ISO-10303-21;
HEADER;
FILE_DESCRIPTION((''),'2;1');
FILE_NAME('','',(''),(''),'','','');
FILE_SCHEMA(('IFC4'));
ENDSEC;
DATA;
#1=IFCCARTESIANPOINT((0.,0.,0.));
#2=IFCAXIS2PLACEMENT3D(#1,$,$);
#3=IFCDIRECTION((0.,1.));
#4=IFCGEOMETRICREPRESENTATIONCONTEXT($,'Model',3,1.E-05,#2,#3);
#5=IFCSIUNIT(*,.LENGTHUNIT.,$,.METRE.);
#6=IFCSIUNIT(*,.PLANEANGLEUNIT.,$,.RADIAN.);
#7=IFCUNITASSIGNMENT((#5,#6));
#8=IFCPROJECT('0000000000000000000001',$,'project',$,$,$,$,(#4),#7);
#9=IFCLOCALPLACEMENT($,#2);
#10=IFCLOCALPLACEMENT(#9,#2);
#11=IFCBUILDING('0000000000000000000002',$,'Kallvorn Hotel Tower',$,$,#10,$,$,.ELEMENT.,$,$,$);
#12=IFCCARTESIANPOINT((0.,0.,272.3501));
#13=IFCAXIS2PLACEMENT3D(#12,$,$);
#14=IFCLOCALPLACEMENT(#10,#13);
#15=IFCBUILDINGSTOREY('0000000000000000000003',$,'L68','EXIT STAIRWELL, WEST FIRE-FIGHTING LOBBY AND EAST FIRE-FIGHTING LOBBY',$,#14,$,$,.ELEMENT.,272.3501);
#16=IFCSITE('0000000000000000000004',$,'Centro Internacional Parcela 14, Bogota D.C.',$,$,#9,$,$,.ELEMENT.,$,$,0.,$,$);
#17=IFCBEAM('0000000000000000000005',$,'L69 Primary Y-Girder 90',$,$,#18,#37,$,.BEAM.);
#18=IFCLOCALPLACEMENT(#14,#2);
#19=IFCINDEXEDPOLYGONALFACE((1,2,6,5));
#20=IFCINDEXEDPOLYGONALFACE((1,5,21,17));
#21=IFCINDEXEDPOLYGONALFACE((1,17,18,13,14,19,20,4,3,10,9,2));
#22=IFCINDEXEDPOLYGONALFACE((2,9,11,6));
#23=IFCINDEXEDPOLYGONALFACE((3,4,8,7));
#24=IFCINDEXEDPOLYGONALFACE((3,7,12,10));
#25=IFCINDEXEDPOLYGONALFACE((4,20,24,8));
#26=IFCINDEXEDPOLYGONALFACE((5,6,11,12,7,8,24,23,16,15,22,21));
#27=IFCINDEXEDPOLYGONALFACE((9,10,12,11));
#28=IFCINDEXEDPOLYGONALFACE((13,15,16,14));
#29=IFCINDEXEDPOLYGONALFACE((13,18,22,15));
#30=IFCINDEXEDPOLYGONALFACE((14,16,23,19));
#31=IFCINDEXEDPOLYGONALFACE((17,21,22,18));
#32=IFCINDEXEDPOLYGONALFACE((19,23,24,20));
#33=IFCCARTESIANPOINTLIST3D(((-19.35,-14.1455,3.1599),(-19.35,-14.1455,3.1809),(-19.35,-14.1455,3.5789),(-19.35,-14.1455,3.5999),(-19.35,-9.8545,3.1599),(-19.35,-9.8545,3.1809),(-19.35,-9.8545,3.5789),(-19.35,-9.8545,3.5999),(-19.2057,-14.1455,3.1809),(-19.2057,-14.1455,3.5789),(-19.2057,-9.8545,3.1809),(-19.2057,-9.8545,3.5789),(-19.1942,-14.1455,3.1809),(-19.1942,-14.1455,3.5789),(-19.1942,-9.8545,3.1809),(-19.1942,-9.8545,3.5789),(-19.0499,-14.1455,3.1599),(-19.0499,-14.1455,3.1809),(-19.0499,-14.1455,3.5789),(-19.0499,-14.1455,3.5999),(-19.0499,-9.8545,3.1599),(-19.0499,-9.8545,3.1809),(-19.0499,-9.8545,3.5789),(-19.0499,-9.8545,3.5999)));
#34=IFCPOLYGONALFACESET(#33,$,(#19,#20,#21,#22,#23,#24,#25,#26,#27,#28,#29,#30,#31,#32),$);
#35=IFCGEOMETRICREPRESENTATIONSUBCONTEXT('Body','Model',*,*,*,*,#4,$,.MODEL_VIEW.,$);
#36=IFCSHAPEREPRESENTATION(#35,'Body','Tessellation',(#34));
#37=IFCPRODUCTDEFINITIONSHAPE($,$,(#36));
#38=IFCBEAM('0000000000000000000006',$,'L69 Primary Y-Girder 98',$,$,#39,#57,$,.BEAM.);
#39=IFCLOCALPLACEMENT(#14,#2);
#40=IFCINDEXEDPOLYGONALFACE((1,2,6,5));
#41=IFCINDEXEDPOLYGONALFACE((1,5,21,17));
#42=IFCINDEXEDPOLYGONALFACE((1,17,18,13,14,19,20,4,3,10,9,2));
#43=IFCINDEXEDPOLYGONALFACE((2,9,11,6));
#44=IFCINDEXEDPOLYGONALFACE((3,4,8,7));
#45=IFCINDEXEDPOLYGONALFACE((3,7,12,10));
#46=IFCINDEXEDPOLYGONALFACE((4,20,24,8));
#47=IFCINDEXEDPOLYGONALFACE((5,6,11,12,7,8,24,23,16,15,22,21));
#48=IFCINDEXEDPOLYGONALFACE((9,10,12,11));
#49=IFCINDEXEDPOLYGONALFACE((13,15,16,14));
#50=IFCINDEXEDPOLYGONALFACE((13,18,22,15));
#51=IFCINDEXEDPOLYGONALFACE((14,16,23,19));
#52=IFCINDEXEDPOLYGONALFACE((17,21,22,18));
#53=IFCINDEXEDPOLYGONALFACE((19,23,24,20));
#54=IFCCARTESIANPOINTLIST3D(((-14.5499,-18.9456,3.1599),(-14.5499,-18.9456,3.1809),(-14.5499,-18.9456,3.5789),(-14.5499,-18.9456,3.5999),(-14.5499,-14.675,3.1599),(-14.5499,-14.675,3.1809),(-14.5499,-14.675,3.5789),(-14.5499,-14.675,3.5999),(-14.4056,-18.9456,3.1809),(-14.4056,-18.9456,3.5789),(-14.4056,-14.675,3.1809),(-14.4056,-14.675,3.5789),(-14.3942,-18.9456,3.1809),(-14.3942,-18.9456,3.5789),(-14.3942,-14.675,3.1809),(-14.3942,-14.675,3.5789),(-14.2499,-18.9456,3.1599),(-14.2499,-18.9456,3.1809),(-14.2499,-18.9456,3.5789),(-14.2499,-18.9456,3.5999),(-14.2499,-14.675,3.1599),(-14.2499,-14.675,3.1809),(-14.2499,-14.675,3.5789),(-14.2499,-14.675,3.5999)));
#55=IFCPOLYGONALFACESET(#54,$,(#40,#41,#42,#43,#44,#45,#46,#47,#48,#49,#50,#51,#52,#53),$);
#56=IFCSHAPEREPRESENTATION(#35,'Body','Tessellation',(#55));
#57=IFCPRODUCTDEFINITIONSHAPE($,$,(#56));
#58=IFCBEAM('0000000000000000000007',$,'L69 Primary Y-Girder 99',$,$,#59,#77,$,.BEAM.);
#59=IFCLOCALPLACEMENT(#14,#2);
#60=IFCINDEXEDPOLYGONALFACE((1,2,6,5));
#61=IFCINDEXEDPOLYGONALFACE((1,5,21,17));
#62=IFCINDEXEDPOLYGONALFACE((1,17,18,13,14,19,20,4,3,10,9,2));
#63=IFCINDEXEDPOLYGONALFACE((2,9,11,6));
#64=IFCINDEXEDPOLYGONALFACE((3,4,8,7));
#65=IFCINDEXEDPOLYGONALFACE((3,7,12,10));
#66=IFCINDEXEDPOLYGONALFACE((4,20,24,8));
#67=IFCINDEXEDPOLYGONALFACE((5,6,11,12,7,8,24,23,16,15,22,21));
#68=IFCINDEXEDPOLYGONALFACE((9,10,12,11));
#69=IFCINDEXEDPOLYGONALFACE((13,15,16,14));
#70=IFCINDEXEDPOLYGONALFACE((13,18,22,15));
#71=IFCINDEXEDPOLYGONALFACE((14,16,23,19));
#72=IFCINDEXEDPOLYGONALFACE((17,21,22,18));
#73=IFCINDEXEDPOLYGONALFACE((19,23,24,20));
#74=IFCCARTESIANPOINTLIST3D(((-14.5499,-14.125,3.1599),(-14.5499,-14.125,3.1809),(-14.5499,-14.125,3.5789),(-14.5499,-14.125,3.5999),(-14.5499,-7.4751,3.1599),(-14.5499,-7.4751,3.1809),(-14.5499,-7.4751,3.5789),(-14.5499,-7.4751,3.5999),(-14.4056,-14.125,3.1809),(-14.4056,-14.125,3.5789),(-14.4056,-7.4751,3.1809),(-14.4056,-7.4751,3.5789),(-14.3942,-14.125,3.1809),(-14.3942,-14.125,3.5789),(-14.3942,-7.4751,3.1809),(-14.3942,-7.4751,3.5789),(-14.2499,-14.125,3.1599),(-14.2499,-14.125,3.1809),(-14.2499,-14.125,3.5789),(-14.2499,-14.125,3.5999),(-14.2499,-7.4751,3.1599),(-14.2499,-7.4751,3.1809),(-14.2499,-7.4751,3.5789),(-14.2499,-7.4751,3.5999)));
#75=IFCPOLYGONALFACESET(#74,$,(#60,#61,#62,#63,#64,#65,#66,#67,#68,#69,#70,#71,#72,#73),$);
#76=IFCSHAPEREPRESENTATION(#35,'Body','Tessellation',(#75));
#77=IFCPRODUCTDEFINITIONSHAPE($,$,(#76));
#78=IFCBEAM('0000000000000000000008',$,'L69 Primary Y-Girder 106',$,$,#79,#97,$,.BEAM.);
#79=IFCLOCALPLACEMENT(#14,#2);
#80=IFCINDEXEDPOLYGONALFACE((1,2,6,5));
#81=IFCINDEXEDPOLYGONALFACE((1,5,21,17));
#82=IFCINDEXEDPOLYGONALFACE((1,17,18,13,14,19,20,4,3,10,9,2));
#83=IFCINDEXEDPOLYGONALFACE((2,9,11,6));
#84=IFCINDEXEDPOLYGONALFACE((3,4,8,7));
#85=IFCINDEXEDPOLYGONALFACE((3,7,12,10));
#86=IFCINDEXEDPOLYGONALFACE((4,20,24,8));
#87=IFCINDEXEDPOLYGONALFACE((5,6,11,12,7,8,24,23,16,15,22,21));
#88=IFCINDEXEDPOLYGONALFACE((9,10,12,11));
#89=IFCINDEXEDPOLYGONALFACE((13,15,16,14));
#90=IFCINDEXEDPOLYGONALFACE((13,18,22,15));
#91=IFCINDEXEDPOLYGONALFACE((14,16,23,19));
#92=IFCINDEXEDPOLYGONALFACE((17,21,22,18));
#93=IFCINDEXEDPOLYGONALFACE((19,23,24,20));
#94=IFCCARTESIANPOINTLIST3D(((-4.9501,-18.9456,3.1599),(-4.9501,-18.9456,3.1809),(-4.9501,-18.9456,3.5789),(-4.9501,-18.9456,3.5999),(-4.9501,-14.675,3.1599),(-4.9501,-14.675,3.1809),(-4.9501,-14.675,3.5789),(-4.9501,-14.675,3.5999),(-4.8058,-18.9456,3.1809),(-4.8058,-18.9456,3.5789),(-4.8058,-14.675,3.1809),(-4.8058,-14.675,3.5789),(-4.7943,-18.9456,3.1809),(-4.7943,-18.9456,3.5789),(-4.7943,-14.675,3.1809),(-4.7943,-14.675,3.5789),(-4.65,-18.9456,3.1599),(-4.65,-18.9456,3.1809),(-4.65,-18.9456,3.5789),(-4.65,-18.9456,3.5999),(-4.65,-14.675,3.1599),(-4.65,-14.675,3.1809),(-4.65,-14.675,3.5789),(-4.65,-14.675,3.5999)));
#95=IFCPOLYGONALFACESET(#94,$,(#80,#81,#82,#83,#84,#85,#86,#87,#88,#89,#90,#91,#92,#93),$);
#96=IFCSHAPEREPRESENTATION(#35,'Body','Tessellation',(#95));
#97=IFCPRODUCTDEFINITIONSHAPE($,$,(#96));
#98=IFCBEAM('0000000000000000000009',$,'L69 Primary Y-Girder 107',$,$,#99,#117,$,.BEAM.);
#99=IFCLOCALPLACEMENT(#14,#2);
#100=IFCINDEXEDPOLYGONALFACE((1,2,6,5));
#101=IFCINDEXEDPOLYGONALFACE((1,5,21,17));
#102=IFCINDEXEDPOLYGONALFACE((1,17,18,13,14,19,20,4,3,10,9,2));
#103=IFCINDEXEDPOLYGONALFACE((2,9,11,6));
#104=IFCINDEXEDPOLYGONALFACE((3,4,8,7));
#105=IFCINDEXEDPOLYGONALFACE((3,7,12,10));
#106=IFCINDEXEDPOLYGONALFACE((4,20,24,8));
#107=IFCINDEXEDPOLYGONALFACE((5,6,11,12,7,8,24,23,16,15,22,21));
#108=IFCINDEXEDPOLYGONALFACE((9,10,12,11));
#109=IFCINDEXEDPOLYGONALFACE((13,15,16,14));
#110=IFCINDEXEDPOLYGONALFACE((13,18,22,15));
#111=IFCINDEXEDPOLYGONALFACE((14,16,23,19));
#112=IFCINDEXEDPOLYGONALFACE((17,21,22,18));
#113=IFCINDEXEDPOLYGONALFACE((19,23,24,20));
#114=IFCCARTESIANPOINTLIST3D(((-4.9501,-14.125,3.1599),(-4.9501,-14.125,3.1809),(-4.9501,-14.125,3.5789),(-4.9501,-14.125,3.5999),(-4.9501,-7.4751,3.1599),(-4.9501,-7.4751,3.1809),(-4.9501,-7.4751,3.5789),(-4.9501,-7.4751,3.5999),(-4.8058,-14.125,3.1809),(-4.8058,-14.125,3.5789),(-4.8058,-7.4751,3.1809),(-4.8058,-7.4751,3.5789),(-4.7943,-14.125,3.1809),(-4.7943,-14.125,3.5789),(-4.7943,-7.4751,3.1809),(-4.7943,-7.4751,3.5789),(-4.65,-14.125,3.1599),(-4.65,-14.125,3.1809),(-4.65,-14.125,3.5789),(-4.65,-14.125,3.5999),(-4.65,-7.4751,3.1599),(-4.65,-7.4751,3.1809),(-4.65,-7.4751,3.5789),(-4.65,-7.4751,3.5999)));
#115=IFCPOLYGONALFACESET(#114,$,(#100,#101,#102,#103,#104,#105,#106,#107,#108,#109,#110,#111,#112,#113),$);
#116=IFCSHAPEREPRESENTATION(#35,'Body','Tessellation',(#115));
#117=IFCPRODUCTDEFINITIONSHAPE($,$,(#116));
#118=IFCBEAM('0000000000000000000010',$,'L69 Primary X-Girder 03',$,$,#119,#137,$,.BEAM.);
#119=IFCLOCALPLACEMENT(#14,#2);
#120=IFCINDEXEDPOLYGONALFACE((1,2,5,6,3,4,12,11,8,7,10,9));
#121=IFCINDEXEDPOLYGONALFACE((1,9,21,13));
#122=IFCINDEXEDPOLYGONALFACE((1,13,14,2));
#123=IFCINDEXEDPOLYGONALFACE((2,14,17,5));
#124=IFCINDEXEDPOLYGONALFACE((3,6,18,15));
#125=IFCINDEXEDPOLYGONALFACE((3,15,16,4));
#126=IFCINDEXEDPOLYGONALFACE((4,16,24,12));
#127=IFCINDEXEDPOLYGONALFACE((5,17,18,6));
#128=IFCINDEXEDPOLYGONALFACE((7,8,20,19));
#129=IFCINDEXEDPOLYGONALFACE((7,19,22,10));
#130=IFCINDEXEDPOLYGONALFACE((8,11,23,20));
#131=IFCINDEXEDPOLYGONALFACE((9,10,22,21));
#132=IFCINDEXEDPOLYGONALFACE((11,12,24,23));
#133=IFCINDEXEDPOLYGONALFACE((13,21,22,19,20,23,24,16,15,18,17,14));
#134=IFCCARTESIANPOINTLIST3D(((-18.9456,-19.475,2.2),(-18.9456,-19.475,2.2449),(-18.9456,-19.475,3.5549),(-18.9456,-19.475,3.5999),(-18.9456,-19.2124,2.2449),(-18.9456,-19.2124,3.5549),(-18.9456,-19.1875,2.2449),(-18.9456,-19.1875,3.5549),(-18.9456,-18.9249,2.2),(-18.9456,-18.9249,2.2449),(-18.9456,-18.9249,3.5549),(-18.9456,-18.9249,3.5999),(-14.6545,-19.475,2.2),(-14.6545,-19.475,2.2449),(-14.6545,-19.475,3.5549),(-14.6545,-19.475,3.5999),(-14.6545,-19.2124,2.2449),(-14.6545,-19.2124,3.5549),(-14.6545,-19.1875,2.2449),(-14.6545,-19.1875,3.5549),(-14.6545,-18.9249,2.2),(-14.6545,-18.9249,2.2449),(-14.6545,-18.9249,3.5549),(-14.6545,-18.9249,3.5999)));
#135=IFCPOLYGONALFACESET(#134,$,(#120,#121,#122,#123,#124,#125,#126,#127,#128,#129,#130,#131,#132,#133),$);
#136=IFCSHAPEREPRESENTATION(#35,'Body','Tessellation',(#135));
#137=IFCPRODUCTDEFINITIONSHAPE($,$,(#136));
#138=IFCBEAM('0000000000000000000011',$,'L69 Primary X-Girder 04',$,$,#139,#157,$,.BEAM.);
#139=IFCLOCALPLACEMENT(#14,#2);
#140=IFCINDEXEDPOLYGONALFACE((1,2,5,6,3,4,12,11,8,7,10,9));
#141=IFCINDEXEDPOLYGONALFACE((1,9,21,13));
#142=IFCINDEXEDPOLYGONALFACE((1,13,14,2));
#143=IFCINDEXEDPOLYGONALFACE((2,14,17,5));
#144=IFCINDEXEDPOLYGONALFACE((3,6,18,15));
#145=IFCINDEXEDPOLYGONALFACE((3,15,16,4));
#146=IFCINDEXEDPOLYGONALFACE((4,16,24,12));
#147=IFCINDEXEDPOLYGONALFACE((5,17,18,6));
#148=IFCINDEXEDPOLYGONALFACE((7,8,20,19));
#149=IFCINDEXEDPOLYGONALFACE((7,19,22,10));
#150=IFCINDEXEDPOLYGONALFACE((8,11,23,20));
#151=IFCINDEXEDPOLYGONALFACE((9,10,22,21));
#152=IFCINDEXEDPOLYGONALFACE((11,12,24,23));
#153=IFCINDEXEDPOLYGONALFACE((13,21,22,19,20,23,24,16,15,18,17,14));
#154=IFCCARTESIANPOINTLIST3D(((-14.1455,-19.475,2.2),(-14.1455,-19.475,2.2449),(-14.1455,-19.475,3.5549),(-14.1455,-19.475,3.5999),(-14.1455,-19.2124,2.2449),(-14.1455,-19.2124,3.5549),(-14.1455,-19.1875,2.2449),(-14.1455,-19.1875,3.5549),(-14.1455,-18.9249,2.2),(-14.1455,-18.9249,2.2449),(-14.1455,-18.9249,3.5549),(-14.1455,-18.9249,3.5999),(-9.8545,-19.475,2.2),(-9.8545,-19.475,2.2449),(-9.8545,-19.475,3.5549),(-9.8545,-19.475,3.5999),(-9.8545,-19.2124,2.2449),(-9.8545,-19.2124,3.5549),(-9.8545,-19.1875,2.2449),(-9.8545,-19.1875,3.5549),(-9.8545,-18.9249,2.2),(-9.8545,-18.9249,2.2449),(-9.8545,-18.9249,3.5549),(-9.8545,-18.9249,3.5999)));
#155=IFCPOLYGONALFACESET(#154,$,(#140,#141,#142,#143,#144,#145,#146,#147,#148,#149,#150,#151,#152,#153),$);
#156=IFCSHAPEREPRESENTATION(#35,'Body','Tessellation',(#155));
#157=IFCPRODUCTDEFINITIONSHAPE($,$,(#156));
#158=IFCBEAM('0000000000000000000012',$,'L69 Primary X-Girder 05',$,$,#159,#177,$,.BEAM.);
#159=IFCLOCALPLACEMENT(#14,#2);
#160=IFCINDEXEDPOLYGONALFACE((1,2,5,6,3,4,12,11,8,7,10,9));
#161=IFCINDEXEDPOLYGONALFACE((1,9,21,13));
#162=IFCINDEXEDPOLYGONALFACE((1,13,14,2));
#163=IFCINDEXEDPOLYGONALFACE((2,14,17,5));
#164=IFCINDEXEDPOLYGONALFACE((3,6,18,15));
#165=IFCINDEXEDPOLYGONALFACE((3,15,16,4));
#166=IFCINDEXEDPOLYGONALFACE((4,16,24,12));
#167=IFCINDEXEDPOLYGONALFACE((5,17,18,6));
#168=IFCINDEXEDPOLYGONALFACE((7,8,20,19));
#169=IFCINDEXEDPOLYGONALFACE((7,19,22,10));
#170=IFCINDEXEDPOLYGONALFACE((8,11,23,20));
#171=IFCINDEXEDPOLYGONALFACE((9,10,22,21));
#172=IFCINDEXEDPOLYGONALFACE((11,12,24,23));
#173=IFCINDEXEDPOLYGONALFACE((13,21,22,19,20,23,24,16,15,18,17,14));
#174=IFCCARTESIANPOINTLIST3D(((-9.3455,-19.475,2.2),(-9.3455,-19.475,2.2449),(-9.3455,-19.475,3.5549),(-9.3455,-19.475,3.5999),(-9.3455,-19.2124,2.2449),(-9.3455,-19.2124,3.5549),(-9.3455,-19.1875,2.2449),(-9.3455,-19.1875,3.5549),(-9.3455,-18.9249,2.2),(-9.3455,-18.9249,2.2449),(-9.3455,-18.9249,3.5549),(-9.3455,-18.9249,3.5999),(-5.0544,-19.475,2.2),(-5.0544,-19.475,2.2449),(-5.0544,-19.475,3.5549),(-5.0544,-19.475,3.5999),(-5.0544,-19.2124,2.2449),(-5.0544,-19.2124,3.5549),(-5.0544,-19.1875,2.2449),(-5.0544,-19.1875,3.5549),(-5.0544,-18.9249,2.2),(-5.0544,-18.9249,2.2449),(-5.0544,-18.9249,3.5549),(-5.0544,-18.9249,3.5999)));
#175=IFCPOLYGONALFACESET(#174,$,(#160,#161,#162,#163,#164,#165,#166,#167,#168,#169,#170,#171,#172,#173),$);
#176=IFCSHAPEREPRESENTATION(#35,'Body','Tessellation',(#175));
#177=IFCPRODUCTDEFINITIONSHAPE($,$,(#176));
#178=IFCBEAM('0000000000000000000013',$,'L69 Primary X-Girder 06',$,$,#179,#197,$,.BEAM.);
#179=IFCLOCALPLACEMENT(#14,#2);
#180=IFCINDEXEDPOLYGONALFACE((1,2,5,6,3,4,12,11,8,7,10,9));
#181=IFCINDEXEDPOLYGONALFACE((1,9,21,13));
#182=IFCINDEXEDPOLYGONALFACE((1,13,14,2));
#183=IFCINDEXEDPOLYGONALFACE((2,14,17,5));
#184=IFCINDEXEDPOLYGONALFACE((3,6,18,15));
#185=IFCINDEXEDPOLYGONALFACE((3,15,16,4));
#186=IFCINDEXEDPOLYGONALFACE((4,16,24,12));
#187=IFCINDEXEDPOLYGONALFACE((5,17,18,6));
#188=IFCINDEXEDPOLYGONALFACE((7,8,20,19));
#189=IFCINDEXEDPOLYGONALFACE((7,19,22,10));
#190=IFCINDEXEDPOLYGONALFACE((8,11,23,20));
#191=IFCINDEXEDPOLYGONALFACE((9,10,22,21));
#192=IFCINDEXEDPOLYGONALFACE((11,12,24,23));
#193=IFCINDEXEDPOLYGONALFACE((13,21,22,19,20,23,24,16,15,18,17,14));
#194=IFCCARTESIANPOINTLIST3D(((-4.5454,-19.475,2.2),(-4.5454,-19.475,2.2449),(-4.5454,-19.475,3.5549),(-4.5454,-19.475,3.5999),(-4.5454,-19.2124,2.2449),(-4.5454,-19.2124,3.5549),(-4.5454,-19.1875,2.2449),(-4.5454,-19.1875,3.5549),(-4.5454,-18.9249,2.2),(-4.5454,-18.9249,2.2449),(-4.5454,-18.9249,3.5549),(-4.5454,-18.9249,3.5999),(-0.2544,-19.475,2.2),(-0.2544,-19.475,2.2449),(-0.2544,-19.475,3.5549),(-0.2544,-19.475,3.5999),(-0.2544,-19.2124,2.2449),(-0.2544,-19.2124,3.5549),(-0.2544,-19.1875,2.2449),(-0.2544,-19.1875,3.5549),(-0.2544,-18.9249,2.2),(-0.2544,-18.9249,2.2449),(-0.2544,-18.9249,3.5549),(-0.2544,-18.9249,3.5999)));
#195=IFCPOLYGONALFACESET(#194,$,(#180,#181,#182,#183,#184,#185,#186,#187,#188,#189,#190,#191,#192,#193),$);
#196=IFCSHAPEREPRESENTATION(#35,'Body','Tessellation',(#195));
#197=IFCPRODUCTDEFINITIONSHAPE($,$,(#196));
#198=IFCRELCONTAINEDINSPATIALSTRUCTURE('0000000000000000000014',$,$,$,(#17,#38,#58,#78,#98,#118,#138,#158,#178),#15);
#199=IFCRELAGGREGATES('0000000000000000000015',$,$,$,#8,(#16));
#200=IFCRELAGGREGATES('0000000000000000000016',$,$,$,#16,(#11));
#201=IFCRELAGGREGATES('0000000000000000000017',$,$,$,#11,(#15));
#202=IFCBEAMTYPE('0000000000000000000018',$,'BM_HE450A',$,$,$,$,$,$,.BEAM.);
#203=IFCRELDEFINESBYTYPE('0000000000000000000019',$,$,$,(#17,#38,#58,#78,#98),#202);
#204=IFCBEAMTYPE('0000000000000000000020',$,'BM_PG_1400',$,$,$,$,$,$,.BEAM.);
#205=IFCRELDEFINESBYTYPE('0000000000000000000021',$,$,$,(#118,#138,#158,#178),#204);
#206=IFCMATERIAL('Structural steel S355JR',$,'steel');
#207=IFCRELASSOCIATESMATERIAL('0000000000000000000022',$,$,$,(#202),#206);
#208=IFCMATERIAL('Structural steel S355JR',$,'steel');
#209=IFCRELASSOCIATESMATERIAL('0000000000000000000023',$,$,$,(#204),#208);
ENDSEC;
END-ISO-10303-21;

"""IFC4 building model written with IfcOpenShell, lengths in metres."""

from ifc_helpers import new_model, si_unit, direction, frame, origin, origin_2d, place, context, subcontext, project, spatial, i_section, extrude, material, material_profile, profile_set, type_object, element, save


model = new_model("IFC4")

# Units and contexts
model_context = context("Model", 3, precision=1e-05, world=origin(), true_north=direction((0.0, 1.0)))
body_context = subcontext(model_context, "Body", "Model", "MODEL_VIEW")
ifc_project = project(units=[si_unit("LENGTHUNIT", "METRE"), si_unit("PLANEANGLEUNIT", "RADIAN")], contexts=[model_context])

# Site, building, storey
site_placement = place(None, origin())
site = spatial("IfcSite", under=ifc_project, at=site_placement, Name="Centro Internacional Parcela 14, Bogota D.C.", CompositionType="ELEMENT", RefElevation=0.0)
building_placement = place(site_placement, origin())
building = spatial("IfcBuilding", under=site, at=building_placement, Name="Kallvorn Hotel Tower", CompositionType="ELEMENT")
storey_placement = place(building_placement, frame((0.0, 0.0, 272.3501)))
storey = spatial("IfcBuildingStorey", under=building, at=storey_placement, Name="L68", Description="EXIT STAIRWELL, WEST FIRE-FIGHTING LOBBY AND EAST FIRE-FIGHTING LOBBY", CompositionType="ELEMENT", Elevation=272.3501)

# Beams
ifc_material_1 = material(Name="Structural steel S355JR", Category="steel")
ifc_material_profile_1 = material_profile(ifc_material_1, i_section(OverallWidth=0.3, OverallDepth=0.4399, WebThickness=0.0115, FlangeThickness=0.021, at=origin_2d()), Name="HE 450 A")
ifc_profile_set_1 = profile_set([ifc_material_profile_1], Name="Structural steel S355JR")
beam_type_1 = type_object("IfcBeamType", Name="BM_HE450A", PredefinedType="BEAM", material=ifc_profile_set_1)
beam_1_placement = place(storey_placement, frame((-19.2, -14.1455, 3.3799), z_axis=(0.0, 1.0, 0.0), x_axis=(-1.0, 0.0, 0.0)))
element("IfcBeam", 1, at=beam_1_placement, inside=storey, type_object=beam_type_1, Name="L69 Primary Y-Girder 90", PredefinedType="BEAM", context=body_context, shape_type="SweptSolid", body=[
    extrude(i_section(OverallWidth=0.3, OverallDepth=0.4399, WebThickness=0.0115, FlangeThickness=0.021, at=origin_2d()), origin(), (0.0, 0.0, 1.0), 4.291),
])
beam_2_placement = place(storey_placement, frame((-14.3999, -18.9456, 3.3799), z_axis=(0.0, 1.0, 0.0), x_axis=(-1.0, 0.0, 0.0)))
element("IfcBeam", 2, at=beam_2_placement, inside=storey, type_object=beam_type_1, Name="L69 Primary Y-Girder 98", PredefinedType="BEAM", context=body_context, shape_type="SweptSolid", body=[
    extrude(i_section(OverallWidth=0.3, OverallDepth=0.4399, WebThickness=0.0115, FlangeThickness=0.021, at=origin_2d()), origin(), (0.0, 0.0, 1.0), 4.2705),
])
beam_3_placement = place(storey_placement, frame((-14.3999, -14.125, 3.3799), z_axis=(0.0, 1.0, 0.0), x_axis=(-1.0, 0.0, 0.0)))
element("IfcBeam", 3, at=beam_3_placement, inside=storey, type_object=beam_type_1, Name="L69 Primary Y-Girder 99", PredefinedType="BEAM", context=body_context, shape_type="SweptSolid", body=[
    extrude(i_section(OverallWidth=0.3, OverallDepth=0.4399, WebThickness=0.0115, FlangeThickness=0.021, at=origin_2d()), origin(), (0.0, 0.0, 1.0), 6.6499),
])
beam_4_placement = place(storey_placement, frame((-4.8, -18.9456, 3.3799), z_axis=(0.0, 1.0, 0.0), x_axis=(-1.0, 0.0, 0.0)))
element("IfcBeam", 4, at=beam_4_placement, inside=storey, type_object=beam_type_1, Name="L69 Primary Y-Girder 106", PredefinedType="BEAM", context=body_context, shape_type="SweptSolid", body=[
    extrude(i_section(OverallWidth=0.3, OverallDepth=0.4399, WebThickness=0.0115, FlangeThickness=0.021, at=origin_2d()), origin(), (0.0, 0.0, 1.0), 4.2705),
])
beam_5_placement = place(storey_placement, frame((-4.8, -14.125, 3.3799), z_axis=(0.0, 1.0, 0.0), x_axis=(-1.0, 0.0, 0.0)))
element("IfcBeam", 5, at=beam_5_placement, inside=storey, type_object=beam_type_1, Name="L69 Primary Y-Girder 107", PredefinedType="BEAM", context=body_context, shape_type="SweptSolid", body=[
    extrude(i_section(OverallWidth=0.3, OverallDepth=0.4399, WebThickness=0.0115, FlangeThickness=0.021, at=origin_2d()), origin(), (0.0, 0.0, 1.0), 6.6499),
])
ifc_material_2 = material(Name="Structural steel S355JR", Category="steel")
ifc_material_profile_2 = material_profile(ifc_material_2, i_section(OverallWidth=0.55, OverallDepth=1.3999, WebThickness=0.0249, FlangeThickness=0.0449, at=origin_2d()), Name="PG 1400x550x25x45")
ifc_profile_set_2 = profile_set([ifc_material_profile_2], Name="Structural steel S355JR")
beam_type_2 = type_object("IfcBeamType", Name="BM_PG_1400", PredefinedType="BEAM", material=ifc_profile_set_2)
for number, where, z_axis, x_axis, name in (
    (6, (-18.9456, -19.2, 2.8999), (1.0, 0.0, 0.0), (0.0, 1.0, 0.0), "L69 Primary X-Girder 03"),
    (7, (-14.1455, -19.2, 2.8999), (1.0, 0.0, 0.0), (0.0, 1.0, 0.0), "L69 Primary X-Girder 04"),
    (8, (-9.3455, -19.2, 2.8999), (1.0, 0.0, 0.0), (0.0, 1.0, 0.0), "L69 Primary X-Girder 05"),
    (9, (-4.5454, -19.2, 2.8999), (1.0, 0.0, 0.0), (0.0, 1.0, 0.0), "L69 Primary X-Girder 06"),
):
    element("IfcBeam", number, at=place(storey_placement, frame(where, z_axis=z_axis, x_axis=x_axis)), inside=storey, type_object=beam_type_2, Name=name, PredefinedType="BEAM", context=body_context, shape_type="SweptSolid", body=[
        extrude(i_section(OverallWidth=0.55, OverallDepth=1.3999, WebThickness=0.0249, FlangeThickness=0.0449, at=origin_2d()), origin(), (0.0, 0.0, 1.0), 4.291),
    ])

save(model, "model.ifc")
